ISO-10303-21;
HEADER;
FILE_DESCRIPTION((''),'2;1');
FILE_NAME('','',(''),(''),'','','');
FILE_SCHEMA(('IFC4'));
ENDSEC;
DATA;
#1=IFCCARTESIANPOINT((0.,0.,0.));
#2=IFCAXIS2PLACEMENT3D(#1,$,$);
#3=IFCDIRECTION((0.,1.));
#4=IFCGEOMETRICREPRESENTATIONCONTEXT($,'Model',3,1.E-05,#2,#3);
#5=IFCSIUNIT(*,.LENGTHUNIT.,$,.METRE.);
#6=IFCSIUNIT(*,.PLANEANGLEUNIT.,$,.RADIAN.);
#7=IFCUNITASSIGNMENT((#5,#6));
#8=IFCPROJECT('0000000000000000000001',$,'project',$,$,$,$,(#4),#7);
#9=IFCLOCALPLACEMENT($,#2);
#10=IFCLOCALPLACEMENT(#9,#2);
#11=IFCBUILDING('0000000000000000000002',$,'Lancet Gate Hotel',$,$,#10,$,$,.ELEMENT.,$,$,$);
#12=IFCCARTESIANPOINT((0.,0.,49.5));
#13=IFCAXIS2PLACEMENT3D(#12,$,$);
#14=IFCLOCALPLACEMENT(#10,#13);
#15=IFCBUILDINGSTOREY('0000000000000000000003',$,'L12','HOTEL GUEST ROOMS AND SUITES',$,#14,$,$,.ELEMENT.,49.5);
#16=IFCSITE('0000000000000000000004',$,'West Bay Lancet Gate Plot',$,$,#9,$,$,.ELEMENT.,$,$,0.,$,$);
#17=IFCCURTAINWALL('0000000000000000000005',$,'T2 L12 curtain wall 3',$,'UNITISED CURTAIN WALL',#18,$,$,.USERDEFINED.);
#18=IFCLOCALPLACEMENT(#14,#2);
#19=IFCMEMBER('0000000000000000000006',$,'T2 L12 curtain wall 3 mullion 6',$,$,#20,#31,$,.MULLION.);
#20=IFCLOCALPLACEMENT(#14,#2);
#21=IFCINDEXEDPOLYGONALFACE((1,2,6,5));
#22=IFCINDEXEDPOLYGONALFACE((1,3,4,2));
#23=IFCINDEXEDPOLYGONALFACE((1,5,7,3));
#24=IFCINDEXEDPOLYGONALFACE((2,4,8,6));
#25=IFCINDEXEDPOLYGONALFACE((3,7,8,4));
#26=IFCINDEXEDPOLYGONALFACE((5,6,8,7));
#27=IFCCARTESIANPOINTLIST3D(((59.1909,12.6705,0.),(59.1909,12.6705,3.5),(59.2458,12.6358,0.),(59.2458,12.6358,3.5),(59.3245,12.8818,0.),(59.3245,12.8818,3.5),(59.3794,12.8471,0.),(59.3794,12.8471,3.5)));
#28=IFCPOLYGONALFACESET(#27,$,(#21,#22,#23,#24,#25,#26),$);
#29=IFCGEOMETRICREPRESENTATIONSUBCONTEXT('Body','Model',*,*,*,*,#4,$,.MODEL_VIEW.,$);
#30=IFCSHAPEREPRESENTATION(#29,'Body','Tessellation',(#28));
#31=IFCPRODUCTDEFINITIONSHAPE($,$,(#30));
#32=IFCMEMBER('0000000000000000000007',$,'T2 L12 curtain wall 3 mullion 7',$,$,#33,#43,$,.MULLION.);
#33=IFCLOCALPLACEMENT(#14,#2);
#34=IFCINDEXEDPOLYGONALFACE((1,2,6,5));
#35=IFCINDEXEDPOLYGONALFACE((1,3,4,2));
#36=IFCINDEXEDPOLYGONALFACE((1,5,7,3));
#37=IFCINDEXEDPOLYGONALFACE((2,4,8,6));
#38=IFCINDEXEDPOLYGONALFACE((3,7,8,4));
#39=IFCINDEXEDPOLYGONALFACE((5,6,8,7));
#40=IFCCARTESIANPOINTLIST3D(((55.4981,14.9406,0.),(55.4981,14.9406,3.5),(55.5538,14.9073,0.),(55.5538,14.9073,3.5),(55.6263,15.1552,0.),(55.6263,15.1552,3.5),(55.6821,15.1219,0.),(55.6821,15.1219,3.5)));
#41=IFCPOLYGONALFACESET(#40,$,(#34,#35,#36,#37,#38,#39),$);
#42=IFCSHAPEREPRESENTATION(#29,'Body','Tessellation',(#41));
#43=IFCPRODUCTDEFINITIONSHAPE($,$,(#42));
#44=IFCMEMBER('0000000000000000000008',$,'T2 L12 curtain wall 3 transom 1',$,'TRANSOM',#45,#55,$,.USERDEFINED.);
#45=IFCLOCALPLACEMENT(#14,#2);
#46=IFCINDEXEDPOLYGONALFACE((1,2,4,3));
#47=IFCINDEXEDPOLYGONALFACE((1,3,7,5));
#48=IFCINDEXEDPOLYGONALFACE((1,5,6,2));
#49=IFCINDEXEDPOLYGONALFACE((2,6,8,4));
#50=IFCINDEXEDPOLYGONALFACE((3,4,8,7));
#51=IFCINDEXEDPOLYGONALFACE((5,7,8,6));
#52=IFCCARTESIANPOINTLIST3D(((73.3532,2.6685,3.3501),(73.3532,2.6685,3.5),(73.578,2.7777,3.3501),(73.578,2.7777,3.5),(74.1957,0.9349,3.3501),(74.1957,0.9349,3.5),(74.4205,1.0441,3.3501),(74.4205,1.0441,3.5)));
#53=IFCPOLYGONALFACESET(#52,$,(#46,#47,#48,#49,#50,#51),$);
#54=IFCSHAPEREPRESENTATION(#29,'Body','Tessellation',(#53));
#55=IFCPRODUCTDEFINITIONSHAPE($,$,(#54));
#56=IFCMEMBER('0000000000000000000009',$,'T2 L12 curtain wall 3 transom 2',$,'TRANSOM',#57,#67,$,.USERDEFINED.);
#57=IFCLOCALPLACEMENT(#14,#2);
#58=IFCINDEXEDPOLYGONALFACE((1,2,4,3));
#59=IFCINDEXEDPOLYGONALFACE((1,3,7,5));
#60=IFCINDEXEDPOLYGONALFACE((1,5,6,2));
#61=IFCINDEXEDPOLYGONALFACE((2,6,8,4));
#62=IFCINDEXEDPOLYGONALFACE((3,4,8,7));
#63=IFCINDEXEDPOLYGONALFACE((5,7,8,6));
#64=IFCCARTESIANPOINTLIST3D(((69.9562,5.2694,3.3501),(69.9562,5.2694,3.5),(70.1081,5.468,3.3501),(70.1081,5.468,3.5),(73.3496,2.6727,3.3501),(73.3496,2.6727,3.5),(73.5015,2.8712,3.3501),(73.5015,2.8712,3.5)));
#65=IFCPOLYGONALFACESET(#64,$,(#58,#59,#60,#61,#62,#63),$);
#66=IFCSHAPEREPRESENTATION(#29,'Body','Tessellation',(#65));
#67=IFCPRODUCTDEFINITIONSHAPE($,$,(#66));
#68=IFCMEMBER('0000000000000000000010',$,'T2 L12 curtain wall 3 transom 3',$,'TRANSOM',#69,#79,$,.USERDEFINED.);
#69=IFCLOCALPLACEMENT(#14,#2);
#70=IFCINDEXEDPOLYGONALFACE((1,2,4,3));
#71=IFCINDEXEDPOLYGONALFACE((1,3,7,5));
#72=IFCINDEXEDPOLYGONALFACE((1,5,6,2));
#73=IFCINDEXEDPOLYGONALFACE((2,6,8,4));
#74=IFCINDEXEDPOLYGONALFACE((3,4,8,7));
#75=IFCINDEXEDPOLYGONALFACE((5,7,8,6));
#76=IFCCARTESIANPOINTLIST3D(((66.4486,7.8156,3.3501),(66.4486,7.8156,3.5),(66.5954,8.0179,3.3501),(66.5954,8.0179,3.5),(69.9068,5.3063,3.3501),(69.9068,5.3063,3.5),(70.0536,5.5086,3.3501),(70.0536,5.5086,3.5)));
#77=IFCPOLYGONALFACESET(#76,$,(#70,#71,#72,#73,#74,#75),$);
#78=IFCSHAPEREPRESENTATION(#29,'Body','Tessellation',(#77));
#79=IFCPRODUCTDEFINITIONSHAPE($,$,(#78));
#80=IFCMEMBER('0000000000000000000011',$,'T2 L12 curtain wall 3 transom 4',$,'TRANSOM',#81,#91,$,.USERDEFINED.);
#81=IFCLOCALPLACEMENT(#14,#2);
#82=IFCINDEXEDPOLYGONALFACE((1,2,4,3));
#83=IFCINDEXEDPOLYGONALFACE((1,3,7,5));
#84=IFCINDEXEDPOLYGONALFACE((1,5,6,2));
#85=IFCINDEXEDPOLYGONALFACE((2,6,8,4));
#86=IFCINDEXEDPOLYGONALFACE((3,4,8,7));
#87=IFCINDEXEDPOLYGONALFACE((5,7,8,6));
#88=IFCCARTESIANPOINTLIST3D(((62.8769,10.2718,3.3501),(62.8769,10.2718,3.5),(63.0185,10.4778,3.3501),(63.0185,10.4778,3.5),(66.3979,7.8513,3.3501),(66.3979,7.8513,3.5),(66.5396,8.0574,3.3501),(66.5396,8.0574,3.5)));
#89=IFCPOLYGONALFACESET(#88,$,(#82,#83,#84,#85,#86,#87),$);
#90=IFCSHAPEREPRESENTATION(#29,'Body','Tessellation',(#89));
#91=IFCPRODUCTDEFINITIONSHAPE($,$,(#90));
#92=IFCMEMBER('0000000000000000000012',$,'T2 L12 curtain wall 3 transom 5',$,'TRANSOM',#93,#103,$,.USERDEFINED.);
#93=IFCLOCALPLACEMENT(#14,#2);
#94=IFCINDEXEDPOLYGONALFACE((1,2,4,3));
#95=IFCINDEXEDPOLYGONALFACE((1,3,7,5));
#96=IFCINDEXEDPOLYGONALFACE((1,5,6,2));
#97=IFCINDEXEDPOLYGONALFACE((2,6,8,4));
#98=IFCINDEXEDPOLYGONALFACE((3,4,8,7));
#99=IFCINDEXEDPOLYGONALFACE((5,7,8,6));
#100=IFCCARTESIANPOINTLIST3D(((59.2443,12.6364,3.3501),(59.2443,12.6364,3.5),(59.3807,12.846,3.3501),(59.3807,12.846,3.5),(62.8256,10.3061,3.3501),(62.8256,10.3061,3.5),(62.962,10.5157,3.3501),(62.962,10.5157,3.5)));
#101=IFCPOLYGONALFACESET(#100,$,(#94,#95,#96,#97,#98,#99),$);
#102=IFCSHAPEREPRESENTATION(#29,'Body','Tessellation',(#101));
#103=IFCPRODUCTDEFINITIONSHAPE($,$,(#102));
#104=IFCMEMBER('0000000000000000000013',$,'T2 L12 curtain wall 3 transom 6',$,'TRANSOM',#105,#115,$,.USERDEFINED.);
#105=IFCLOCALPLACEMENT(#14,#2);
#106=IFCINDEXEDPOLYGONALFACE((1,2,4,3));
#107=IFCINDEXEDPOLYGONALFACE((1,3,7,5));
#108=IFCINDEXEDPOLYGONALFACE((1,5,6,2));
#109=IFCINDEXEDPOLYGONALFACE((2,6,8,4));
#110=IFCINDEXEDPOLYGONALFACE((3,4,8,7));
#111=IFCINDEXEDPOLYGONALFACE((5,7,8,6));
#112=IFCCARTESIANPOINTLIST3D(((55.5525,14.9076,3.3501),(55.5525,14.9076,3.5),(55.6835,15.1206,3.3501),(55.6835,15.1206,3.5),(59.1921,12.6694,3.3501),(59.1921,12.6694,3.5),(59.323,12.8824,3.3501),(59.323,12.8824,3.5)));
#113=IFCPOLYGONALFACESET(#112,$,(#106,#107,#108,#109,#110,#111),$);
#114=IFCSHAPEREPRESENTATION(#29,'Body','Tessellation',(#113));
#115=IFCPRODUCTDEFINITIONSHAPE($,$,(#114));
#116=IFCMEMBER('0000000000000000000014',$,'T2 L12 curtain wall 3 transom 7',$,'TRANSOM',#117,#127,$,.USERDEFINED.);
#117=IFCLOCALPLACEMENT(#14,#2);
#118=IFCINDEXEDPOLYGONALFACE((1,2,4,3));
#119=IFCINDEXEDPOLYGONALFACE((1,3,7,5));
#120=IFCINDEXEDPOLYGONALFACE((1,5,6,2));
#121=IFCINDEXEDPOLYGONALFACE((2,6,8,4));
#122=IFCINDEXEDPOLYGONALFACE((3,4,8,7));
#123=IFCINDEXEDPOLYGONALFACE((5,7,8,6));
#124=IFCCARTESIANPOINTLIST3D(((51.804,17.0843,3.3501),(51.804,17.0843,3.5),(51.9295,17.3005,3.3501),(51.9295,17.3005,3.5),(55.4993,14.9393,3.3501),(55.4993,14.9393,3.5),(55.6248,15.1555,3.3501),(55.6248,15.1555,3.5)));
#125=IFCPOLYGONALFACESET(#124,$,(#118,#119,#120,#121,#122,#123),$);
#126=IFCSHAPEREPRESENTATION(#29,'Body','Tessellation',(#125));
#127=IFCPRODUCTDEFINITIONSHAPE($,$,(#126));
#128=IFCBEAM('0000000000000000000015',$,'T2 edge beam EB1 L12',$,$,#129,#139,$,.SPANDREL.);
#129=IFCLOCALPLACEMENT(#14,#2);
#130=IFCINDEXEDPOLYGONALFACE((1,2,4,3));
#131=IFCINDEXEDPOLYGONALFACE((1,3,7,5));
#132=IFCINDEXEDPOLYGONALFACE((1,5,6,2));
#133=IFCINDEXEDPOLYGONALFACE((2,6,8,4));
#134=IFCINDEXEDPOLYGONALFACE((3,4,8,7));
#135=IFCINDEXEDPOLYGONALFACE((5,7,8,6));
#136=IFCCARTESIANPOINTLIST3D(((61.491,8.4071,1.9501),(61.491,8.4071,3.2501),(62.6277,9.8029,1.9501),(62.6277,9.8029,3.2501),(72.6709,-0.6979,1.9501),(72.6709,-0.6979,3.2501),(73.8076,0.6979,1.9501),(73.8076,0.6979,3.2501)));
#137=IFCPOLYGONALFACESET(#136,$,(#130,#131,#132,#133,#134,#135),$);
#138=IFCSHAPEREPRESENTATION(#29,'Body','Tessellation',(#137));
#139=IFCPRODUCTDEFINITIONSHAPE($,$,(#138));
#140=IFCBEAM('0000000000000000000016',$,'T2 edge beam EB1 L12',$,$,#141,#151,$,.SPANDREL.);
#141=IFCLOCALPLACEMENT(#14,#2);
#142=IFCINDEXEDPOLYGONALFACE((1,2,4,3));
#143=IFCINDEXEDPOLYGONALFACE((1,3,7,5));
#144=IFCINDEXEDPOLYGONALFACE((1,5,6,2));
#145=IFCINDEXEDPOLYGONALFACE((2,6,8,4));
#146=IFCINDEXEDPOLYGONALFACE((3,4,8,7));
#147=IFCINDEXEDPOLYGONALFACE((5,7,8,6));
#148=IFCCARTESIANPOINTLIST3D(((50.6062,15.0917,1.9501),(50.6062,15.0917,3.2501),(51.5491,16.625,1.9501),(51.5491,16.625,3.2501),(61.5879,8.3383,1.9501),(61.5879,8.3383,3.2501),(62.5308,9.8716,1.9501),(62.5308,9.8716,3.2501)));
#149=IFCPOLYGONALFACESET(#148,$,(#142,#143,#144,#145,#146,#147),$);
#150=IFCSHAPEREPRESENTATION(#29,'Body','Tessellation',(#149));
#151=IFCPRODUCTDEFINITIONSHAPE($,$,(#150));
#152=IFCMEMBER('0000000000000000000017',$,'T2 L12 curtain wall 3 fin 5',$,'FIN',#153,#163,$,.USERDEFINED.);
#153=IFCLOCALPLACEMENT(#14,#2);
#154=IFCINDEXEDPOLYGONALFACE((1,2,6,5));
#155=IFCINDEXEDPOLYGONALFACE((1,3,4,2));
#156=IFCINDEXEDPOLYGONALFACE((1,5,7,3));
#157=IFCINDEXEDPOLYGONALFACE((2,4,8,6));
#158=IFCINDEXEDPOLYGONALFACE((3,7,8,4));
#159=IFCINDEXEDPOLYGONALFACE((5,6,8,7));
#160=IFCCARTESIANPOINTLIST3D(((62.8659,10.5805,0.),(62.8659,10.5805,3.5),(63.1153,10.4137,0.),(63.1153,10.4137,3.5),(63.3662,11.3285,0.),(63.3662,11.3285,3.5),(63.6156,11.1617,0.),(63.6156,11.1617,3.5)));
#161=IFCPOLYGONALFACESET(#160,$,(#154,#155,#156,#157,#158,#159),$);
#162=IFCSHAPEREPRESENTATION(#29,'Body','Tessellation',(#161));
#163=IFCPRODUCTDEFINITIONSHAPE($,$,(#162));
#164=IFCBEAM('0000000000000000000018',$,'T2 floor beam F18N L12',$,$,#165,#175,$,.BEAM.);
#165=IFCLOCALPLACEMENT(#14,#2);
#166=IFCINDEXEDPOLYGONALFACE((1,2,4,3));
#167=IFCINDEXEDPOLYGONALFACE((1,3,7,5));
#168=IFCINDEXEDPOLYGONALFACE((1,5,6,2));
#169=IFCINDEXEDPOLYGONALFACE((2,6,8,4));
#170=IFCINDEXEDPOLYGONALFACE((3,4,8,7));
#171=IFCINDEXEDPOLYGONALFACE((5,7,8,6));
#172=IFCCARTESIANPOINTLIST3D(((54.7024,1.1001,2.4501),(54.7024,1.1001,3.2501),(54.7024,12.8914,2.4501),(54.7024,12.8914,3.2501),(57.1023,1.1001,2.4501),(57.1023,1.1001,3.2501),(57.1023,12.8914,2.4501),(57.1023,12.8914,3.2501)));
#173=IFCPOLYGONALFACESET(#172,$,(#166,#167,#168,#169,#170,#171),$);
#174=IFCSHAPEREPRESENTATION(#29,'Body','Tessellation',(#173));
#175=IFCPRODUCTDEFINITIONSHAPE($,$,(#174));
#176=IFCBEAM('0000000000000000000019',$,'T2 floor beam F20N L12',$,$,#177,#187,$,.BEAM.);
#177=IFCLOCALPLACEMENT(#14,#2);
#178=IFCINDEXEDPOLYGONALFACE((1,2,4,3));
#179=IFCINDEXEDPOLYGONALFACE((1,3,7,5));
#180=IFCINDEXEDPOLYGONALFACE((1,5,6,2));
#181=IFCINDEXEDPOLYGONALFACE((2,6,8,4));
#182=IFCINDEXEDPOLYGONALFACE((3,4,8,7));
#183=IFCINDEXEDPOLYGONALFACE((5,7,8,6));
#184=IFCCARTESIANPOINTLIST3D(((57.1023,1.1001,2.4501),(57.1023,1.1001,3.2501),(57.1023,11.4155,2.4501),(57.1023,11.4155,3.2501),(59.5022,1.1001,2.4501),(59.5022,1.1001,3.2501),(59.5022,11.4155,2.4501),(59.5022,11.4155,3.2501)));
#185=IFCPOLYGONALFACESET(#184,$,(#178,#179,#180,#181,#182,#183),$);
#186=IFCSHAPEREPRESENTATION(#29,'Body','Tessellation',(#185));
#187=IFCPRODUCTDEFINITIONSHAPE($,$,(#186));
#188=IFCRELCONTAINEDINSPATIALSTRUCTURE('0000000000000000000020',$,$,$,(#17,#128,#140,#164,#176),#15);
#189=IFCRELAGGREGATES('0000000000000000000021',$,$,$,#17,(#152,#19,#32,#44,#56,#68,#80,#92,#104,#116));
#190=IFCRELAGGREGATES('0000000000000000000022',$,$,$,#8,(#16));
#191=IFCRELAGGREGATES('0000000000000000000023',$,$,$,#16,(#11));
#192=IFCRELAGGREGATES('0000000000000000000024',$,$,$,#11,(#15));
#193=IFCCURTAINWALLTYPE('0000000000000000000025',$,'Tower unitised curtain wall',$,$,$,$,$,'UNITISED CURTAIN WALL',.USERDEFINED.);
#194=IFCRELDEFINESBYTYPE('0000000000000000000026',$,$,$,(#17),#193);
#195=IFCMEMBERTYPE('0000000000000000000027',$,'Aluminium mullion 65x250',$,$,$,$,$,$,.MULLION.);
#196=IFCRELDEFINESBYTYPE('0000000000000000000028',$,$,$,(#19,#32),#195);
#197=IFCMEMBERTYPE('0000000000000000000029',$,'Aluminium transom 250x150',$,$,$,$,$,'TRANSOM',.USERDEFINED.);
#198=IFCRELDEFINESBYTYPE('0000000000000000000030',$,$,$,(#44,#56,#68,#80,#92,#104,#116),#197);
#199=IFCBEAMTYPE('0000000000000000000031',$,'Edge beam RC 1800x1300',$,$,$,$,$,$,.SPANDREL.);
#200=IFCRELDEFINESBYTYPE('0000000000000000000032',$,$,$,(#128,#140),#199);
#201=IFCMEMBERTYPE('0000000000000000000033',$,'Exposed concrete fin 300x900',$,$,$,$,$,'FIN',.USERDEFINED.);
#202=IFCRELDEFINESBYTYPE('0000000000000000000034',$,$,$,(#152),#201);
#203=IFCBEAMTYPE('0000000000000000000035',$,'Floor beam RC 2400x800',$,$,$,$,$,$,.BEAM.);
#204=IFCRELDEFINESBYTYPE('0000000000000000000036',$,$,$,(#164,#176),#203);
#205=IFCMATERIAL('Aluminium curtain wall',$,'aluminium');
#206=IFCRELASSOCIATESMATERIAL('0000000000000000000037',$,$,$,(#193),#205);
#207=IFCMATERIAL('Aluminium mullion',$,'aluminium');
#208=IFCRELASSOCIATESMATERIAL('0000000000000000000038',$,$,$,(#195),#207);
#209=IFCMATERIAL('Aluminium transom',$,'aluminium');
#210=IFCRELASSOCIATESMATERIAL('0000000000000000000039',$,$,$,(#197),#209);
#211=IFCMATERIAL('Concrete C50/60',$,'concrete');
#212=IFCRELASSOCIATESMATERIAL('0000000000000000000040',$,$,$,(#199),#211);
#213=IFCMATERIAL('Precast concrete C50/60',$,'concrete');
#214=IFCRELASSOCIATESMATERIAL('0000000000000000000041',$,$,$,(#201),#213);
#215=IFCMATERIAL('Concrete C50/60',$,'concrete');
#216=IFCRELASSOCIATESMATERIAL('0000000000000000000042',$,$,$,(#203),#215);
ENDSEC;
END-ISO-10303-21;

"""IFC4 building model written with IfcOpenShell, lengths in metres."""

from ifc_helpers import new_model, si_unit, direction, frame, origin, origin_2d, place, context, subcontext, project, spatial, rectangle, extrude, material, material_profile, profile_set, type_object, element, aggregate, save


model = new_model("IFC4")

# Units and contexts
model_context = context("Model", 3, precision=1e-05, world=origin(), true_north=direction((0.0, 1.0)))
body_context = subcontext(model_context, "Body", "Model", "MODEL_VIEW")
ifc_project = project(units=[si_unit("LENGTHUNIT", "METRE"), si_unit("PLANEANGLEUNIT", "RADIAN")], contexts=[model_context])

# Site, building, storey
site_placement = place(None, origin())
site = spatial("IfcSite", under=ifc_project, at=site_placement, Name="West Bay Lancet Gate Plot", CompositionType="ELEMENT", RefElevation=0.0)
building_placement = place(site_placement, origin())
building = spatial("IfcBuilding", under=site, at=building_placement, Name="Lancet Gate Hotel", CompositionType="ELEMENT")
storey_placement = place(building_placement, frame((0.0, 0.0, 49.5)))
storey = spatial("IfcBuildingStorey", under=building, at=storey_placement, Name="L12", Description="HOTEL GUEST ROOMS AND SUITES", CompositionType="ELEMENT", Elevation=49.5)

# Curtain wall, members
ifc_material_1 = material(Name="Aluminium curtain wall", Category="aluminium")
curtain_wall_type = type_object("IfcCurtainWallType", Name="Tower unitised curtain wall", ElementType="UNITISED CURTAIN WALL", PredefinedType="USERDEFINED", material=ifc_material_1)
curtain_wall_placement = place(storey_placement, origin())
curtain_wall = element("IfcCurtainWall", 1, at=curtain_wall_placement, inside=storey, type_object=curtain_wall_type, Name="T2 L12 curtain wall 3", ObjectType="UNITISED CURTAIN WALL", PredefinedType="USERDEFINED")
ifc_material_2 = material(Name="Aluminium mullion", Category="aluminium")
ifc_material_profile_1 = material_profile(ifc_material_2, rectangle(XDim=0.0649, YDim=0.25, at=origin_2d()), Name="MULLION 65x250")
ifc_profile_set_1 = profile_set([ifc_material_profile_1], Name="Aluminium mullion")
member_type_1 = type_object("IfcMemberType", Name="Aluminium mullion 65x250", PredefinedType="MULLION", material=ifc_profile_set_1)
member_1_placement = place(storey_placement, frame((59.2852, 12.7588, 0.0), z_axis=(0.0, 0.0, 1.0), x_axis=(-0.845079, 0.534641, 0.0)))
member_1 = element("IfcMember", 2, at=member_1_placement, type_object=member_type_1, Name="T2 L12 curtain wall 3 mullion 6", PredefinedType="MULLION", context=body_context, shape_type="SweptSolid", body=[
    extrude(rectangle(XDim=0.0649, YDim=0.25, at=origin_2d()), origin(), (0.0, 0.0, 1.0), 3.5),
])
member_2_placement = place(storey_placement, frame((55.5901, 15.0312, 0.0), z_axis=(0.0, 0.0, 1.0), x_axis=(-0.858413, 0.512959, 0.0)))
member_2 = element("IfcMember", 3, at=member_2_placement, type_object=member_type_1, Name="T2 L12 curtain wall 3 mullion 7", PredefinedType="MULLION", context=body_context, shape_type="SweptSolid", body=[
    extrude(rectangle(XDim=0.0649, YDim=0.25, at=origin_2d()), origin(), (0.0, 0.0, 1.0), 3.5),
])
ifc_material_3 = material(Name="Aluminium transom", Category="aluminium")
ifc_material_profile_2 = material_profile(ifc_material_3, rectangle(XDim=0.25, YDim=0.1499, at=origin_2d()), Name="TRANSOM 250x150")
ifc_profile_set_2 = profile_set([ifc_material_profile_2], Name="Aluminium transom")
member_type_2 = type_object("IfcMemberType", Name="Aluminium transom 250x150", ElementType="TRANSOM", PredefinedType="USERDEFINED", material=ifc_profile_set_2)
member_3_placement = place(storey_placement, frame((74.3081, 0.9895, 3.425), z_axis=(-0.437103, 0.899411, 0.0), x_axis=(-0.899411, -0.437103, 0.0)))
member_3 = element("IfcMember", 4, at=member_3_placement, type_object=member_type_2, Name="T2 L12 curtain wall 3 transom 1", ObjectType="TRANSOM", PredefinedType="USERDEFINED", context=body_context, shape_type="SweptSolid", body=[
    extrude(rectangle(XDim=0.25, YDim=0.1499, at=origin_2d()), origin(), (0.0, 0.0, 1.0), 1.9275),
])
member_4_placement = place(storey_placement, frame((73.4255, 2.772, 3.425), z_axis=(-0.794155, 0.607715, 0.0), x_axis=(-0.607715, -0.794155, 0.0)))
member_4 = element("IfcMember", 5, at=member_4_placement, type_object=member_type_2, Name="T2 L12 curtain wall 3 transom 2", ObjectType="TRANSOM", PredefinedType="USERDEFINED", context=body_context, shape_type="SweptSolid", body=[
    extrude(rectangle(XDim=0.25, YDim=0.1499, at=origin_2d()), origin(), (0.0, 0.0, 1.0), 4.2729),
])
member_5_placement = place(storey_placement, frame((69.9802, 5.4075, 3.425), z_axis=(-0.809383, 0.587281, 0.0), x_axis=(-0.587281, -0.809383, 0.0)))
member_5 = element("IfcMember", 6, at=member_5_placement, type_object=member_type_2, Name="T2 L12 curtain wall 3 transom 3", ObjectType="TRANSOM", PredefinedType="USERDEFINED", context=body_context, shape_type="SweptSolid", body=[
    extrude(rectangle(XDim=0.25, YDim=0.1499, at=origin_2d()), origin(), (0.0, 0.0, 1.0), 4.2727),
])
member_6_placement = place(storey_placement, frame((66.4688, 7.9543, 3.425), z_axis=(-0.824072, 0.566485, 0.0), x_axis=(-0.566485, -0.824072, 0.0)))
member_6 = element("IfcMember", 7, at=member_6_placement, type_object=member_type_2, Name="T2 L12 curtain wall 3 transom 4", ObjectType="TRANSOM", PredefinedType="USERDEFINED", context=body_context, shape_type="SweptSolid", body=[
    extrude(rectangle(XDim=0.25, YDim=0.1499, at=origin_2d()), origin(), (0.0, 0.0, 1.0), 4.2727),
])
member_7_placement = place(storey_placement, frame((62.8938, 10.4109, 3.425), z_axis=(-0.838179, 0.545396, 0.0), x_axis=(-0.545396, -0.838179, 0.0)))
member_7 = element("IfcMember", 8, at=member_7_placement, type_object=member_type_2, Name="T2 L12 curtain wall 3 transom 5", ObjectType="TRANSOM", PredefinedType="USERDEFINED", context=body_context, shape_type="SweptSolid", body=[
    extrude(rectangle(XDim=0.25, YDim=0.1499, at=origin_2d()), origin(), (0.0, 0.0, 1.0), 4.2727),
])
member_8_placement = place(storey_placement, frame((59.2576, 12.7759, 3.425), z_axis=(-0.851815, 0.523842, 0.0), x_axis=(-0.523842, -0.851815, 0.0)))
member_8 = element("IfcMember", 9, at=member_8_placement, type_object=member_type_2, Name="T2 L12 curtain wall 3 transom 6", ObjectType="TRANSOM", PredefinedType="USERDEFINED", context=body_context, shape_type="SweptSolid", body=[
    extrude(rectangle(XDim=0.25, YDim=0.1499, at=origin_2d()), origin(), (0.0, 0.0, 1.0), 4.2727),
])
member_9_placement = place(storey_placement, frame((55.562, 15.0474, 3.425), z_axis=(-0.864855, 0.502022, 0.0), x_axis=(-0.502022, -0.864855, 0.0)))
member_9 = element("IfcMember", 10, at=member_9_placement, type_object=member_type_2, Name="T2 L12 curtain wall 3 transom 7", ObjectType="TRANSOM", PredefinedType="USERDEFINED", context=body_context, shape_type="SweptSolid", body=[
    extrude(rectangle(XDim=0.25, YDim=0.1499, at=origin_2d()), origin(), (0.0, 0.0, 1.0), 4.2727),
])

# Beams
ifc_material_4 = material(Name="Concrete C50/60", Category="concrete")
ifc_material_profile_3 = material_profile(ifc_material_4, rectangle(XDim=1.8, YDim=1.3, at=origin_2d()), Name="RC 1800x1300")
ifc_profile_set_3 = profile_set([ifc_material_profile_3], Name="Concrete C50/60")
beam_type_1 = type_object("IfcBeamType", Name="Edge beam RC 1800x1300", PredefinedType="SPANDREL", material=ifc_profile_set_3)
beam_1_placement = place(storey_placement, frame((73.2393, 0.0, 2.6001), z_axis=(-0.775391, 0.631481, 0.0), x_axis=(-0.631481, -0.775391, 0.0)))
element("IfcBeam", 11, at=beam_1_placement, inside=storey, type_object=beam_type_1, Name="T2 edge beam EB1 L12", PredefinedType="SPANDREL", context=body_context, shape_type="SweptSolid", body=[
    extrude(rectangle(XDim=1.8, YDim=1.3, at=origin_2d()), origin(), (0.0, 0.0, 1.0), 14.4185),
])
beam_2_placement = place(storey_placement, frame((62.0593, 9.105, 2.6001), z_axis=(-0.851816, 0.523842, 0.0), x_axis=(-0.523842, -0.851816, 0.0)))
element("IfcBeam", 12, at=beam_2_placement, inside=storey, type_object=beam_type_1, Name="T2 edge beam EB1 L12", PredefinedType="SPANDREL", context=body_context, shape_type="SweptSolid", body=[
    extrude(rectangle(XDim=1.8, YDim=1.3, at=origin_2d()), origin(), (0.0, 0.0, 1.0), 12.8921),
])

# Member
ifc_material_5 = material(Name="Precast concrete C50/60", Category="concrete")
ifc_material_profile_4 = material_profile(ifc_material_5, rectangle(XDim=0.3, YDim=0.8999, at=origin_2d()), Name="FIN 300x900")
ifc_profile_set_4 = profile_set([ifc_material_profile_4], Name="Precast concrete C50/60")
member_type_3 = type_object("IfcMemberType", Name="Exposed concrete fin 300x900", ElementType="FIN", PredefinedType="USERDEFINED", material=ifc_profile_set_4)
member_10_placement = place(storey_placement, frame((63.2407, 10.8711, 0.0), z_axis=(0.0, 0.0, 1.0), x_axis=(-0.831198, 0.555976, 0.0)))
member_10 = element("IfcMember", 13, at=member_10_placement, type_object=member_type_3, Name="T2 L12 curtain wall 3 fin 5", ObjectType="FIN", PredefinedType="USERDEFINED", context=body_context, shape_type="SweptSolid", body=[
    extrude(rectangle(XDim=0.3, YDim=0.8999, at=origin_2d()), origin(), (0.0, 0.0, 1.0), 3.5),
])

# Beams
ifc_material_6 = material(Name="Concrete C50/60", Category="concrete")
ifc_material_profile_5 = material_profile(ifc_material_6, rectangle(XDim=2.3999, YDim=0.8, at=origin_2d()), Name="RC 2400x800")
ifc_profile_set_5 = profile_set([ifc_material_profile_5], Name="Concrete C50/60")
beam_type_2 = type_object("IfcBeamType", Name="Floor beam RC 2400x800", PredefinedType="BEAM", material=ifc_profile_set_5)
beam_3_placement = place(storey_placement, frame((55.9023, 1.1001, 2.8501), z_axis=(0.0, 1.0, 0.0), x_axis=(-1.0, 0.0, 0.0)))
element("IfcBeam", 14, at=beam_3_placement, inside=storey, type_object=beam_type_2, Name="T2 floor beam F18N L12", PredefinedType="BEAM", context=body_context, shape_type="SweptSolid", body=[
    extrude(rectangle(XDim=2.3999, YDim=0.8, at=origin_2d()), origin(), (0.0, 0.0, 1.0), 11.7913),
])
beam_4_placement = place(storey_placement, frame((58.3022, 1.1001, 2.8501), z_axis=(0.0, 1.0, 0.0), x_axis=(-1.0, 0.0, 0.0)))
element("IfcBeam", 15, at=beam_4_placement, inside=storey, type_object=beam_type_2, Name="T2 floor beam F20N L12", PredefinedType="BEAM", context=body_context, shape_type="SweptSolid", body=[
    extrude(rectangle(XDim=2.3999, YDim=0.8, at=origin_2d()), origin(), (0.0, 0.0, 1.0), 10.3154),
])

aggregate(curtain_wall, [member_10, member_1, member_2, member_3, member_4, member_5, member_6, member_7, member_8, member_9])

save(model, "model.ifc")
